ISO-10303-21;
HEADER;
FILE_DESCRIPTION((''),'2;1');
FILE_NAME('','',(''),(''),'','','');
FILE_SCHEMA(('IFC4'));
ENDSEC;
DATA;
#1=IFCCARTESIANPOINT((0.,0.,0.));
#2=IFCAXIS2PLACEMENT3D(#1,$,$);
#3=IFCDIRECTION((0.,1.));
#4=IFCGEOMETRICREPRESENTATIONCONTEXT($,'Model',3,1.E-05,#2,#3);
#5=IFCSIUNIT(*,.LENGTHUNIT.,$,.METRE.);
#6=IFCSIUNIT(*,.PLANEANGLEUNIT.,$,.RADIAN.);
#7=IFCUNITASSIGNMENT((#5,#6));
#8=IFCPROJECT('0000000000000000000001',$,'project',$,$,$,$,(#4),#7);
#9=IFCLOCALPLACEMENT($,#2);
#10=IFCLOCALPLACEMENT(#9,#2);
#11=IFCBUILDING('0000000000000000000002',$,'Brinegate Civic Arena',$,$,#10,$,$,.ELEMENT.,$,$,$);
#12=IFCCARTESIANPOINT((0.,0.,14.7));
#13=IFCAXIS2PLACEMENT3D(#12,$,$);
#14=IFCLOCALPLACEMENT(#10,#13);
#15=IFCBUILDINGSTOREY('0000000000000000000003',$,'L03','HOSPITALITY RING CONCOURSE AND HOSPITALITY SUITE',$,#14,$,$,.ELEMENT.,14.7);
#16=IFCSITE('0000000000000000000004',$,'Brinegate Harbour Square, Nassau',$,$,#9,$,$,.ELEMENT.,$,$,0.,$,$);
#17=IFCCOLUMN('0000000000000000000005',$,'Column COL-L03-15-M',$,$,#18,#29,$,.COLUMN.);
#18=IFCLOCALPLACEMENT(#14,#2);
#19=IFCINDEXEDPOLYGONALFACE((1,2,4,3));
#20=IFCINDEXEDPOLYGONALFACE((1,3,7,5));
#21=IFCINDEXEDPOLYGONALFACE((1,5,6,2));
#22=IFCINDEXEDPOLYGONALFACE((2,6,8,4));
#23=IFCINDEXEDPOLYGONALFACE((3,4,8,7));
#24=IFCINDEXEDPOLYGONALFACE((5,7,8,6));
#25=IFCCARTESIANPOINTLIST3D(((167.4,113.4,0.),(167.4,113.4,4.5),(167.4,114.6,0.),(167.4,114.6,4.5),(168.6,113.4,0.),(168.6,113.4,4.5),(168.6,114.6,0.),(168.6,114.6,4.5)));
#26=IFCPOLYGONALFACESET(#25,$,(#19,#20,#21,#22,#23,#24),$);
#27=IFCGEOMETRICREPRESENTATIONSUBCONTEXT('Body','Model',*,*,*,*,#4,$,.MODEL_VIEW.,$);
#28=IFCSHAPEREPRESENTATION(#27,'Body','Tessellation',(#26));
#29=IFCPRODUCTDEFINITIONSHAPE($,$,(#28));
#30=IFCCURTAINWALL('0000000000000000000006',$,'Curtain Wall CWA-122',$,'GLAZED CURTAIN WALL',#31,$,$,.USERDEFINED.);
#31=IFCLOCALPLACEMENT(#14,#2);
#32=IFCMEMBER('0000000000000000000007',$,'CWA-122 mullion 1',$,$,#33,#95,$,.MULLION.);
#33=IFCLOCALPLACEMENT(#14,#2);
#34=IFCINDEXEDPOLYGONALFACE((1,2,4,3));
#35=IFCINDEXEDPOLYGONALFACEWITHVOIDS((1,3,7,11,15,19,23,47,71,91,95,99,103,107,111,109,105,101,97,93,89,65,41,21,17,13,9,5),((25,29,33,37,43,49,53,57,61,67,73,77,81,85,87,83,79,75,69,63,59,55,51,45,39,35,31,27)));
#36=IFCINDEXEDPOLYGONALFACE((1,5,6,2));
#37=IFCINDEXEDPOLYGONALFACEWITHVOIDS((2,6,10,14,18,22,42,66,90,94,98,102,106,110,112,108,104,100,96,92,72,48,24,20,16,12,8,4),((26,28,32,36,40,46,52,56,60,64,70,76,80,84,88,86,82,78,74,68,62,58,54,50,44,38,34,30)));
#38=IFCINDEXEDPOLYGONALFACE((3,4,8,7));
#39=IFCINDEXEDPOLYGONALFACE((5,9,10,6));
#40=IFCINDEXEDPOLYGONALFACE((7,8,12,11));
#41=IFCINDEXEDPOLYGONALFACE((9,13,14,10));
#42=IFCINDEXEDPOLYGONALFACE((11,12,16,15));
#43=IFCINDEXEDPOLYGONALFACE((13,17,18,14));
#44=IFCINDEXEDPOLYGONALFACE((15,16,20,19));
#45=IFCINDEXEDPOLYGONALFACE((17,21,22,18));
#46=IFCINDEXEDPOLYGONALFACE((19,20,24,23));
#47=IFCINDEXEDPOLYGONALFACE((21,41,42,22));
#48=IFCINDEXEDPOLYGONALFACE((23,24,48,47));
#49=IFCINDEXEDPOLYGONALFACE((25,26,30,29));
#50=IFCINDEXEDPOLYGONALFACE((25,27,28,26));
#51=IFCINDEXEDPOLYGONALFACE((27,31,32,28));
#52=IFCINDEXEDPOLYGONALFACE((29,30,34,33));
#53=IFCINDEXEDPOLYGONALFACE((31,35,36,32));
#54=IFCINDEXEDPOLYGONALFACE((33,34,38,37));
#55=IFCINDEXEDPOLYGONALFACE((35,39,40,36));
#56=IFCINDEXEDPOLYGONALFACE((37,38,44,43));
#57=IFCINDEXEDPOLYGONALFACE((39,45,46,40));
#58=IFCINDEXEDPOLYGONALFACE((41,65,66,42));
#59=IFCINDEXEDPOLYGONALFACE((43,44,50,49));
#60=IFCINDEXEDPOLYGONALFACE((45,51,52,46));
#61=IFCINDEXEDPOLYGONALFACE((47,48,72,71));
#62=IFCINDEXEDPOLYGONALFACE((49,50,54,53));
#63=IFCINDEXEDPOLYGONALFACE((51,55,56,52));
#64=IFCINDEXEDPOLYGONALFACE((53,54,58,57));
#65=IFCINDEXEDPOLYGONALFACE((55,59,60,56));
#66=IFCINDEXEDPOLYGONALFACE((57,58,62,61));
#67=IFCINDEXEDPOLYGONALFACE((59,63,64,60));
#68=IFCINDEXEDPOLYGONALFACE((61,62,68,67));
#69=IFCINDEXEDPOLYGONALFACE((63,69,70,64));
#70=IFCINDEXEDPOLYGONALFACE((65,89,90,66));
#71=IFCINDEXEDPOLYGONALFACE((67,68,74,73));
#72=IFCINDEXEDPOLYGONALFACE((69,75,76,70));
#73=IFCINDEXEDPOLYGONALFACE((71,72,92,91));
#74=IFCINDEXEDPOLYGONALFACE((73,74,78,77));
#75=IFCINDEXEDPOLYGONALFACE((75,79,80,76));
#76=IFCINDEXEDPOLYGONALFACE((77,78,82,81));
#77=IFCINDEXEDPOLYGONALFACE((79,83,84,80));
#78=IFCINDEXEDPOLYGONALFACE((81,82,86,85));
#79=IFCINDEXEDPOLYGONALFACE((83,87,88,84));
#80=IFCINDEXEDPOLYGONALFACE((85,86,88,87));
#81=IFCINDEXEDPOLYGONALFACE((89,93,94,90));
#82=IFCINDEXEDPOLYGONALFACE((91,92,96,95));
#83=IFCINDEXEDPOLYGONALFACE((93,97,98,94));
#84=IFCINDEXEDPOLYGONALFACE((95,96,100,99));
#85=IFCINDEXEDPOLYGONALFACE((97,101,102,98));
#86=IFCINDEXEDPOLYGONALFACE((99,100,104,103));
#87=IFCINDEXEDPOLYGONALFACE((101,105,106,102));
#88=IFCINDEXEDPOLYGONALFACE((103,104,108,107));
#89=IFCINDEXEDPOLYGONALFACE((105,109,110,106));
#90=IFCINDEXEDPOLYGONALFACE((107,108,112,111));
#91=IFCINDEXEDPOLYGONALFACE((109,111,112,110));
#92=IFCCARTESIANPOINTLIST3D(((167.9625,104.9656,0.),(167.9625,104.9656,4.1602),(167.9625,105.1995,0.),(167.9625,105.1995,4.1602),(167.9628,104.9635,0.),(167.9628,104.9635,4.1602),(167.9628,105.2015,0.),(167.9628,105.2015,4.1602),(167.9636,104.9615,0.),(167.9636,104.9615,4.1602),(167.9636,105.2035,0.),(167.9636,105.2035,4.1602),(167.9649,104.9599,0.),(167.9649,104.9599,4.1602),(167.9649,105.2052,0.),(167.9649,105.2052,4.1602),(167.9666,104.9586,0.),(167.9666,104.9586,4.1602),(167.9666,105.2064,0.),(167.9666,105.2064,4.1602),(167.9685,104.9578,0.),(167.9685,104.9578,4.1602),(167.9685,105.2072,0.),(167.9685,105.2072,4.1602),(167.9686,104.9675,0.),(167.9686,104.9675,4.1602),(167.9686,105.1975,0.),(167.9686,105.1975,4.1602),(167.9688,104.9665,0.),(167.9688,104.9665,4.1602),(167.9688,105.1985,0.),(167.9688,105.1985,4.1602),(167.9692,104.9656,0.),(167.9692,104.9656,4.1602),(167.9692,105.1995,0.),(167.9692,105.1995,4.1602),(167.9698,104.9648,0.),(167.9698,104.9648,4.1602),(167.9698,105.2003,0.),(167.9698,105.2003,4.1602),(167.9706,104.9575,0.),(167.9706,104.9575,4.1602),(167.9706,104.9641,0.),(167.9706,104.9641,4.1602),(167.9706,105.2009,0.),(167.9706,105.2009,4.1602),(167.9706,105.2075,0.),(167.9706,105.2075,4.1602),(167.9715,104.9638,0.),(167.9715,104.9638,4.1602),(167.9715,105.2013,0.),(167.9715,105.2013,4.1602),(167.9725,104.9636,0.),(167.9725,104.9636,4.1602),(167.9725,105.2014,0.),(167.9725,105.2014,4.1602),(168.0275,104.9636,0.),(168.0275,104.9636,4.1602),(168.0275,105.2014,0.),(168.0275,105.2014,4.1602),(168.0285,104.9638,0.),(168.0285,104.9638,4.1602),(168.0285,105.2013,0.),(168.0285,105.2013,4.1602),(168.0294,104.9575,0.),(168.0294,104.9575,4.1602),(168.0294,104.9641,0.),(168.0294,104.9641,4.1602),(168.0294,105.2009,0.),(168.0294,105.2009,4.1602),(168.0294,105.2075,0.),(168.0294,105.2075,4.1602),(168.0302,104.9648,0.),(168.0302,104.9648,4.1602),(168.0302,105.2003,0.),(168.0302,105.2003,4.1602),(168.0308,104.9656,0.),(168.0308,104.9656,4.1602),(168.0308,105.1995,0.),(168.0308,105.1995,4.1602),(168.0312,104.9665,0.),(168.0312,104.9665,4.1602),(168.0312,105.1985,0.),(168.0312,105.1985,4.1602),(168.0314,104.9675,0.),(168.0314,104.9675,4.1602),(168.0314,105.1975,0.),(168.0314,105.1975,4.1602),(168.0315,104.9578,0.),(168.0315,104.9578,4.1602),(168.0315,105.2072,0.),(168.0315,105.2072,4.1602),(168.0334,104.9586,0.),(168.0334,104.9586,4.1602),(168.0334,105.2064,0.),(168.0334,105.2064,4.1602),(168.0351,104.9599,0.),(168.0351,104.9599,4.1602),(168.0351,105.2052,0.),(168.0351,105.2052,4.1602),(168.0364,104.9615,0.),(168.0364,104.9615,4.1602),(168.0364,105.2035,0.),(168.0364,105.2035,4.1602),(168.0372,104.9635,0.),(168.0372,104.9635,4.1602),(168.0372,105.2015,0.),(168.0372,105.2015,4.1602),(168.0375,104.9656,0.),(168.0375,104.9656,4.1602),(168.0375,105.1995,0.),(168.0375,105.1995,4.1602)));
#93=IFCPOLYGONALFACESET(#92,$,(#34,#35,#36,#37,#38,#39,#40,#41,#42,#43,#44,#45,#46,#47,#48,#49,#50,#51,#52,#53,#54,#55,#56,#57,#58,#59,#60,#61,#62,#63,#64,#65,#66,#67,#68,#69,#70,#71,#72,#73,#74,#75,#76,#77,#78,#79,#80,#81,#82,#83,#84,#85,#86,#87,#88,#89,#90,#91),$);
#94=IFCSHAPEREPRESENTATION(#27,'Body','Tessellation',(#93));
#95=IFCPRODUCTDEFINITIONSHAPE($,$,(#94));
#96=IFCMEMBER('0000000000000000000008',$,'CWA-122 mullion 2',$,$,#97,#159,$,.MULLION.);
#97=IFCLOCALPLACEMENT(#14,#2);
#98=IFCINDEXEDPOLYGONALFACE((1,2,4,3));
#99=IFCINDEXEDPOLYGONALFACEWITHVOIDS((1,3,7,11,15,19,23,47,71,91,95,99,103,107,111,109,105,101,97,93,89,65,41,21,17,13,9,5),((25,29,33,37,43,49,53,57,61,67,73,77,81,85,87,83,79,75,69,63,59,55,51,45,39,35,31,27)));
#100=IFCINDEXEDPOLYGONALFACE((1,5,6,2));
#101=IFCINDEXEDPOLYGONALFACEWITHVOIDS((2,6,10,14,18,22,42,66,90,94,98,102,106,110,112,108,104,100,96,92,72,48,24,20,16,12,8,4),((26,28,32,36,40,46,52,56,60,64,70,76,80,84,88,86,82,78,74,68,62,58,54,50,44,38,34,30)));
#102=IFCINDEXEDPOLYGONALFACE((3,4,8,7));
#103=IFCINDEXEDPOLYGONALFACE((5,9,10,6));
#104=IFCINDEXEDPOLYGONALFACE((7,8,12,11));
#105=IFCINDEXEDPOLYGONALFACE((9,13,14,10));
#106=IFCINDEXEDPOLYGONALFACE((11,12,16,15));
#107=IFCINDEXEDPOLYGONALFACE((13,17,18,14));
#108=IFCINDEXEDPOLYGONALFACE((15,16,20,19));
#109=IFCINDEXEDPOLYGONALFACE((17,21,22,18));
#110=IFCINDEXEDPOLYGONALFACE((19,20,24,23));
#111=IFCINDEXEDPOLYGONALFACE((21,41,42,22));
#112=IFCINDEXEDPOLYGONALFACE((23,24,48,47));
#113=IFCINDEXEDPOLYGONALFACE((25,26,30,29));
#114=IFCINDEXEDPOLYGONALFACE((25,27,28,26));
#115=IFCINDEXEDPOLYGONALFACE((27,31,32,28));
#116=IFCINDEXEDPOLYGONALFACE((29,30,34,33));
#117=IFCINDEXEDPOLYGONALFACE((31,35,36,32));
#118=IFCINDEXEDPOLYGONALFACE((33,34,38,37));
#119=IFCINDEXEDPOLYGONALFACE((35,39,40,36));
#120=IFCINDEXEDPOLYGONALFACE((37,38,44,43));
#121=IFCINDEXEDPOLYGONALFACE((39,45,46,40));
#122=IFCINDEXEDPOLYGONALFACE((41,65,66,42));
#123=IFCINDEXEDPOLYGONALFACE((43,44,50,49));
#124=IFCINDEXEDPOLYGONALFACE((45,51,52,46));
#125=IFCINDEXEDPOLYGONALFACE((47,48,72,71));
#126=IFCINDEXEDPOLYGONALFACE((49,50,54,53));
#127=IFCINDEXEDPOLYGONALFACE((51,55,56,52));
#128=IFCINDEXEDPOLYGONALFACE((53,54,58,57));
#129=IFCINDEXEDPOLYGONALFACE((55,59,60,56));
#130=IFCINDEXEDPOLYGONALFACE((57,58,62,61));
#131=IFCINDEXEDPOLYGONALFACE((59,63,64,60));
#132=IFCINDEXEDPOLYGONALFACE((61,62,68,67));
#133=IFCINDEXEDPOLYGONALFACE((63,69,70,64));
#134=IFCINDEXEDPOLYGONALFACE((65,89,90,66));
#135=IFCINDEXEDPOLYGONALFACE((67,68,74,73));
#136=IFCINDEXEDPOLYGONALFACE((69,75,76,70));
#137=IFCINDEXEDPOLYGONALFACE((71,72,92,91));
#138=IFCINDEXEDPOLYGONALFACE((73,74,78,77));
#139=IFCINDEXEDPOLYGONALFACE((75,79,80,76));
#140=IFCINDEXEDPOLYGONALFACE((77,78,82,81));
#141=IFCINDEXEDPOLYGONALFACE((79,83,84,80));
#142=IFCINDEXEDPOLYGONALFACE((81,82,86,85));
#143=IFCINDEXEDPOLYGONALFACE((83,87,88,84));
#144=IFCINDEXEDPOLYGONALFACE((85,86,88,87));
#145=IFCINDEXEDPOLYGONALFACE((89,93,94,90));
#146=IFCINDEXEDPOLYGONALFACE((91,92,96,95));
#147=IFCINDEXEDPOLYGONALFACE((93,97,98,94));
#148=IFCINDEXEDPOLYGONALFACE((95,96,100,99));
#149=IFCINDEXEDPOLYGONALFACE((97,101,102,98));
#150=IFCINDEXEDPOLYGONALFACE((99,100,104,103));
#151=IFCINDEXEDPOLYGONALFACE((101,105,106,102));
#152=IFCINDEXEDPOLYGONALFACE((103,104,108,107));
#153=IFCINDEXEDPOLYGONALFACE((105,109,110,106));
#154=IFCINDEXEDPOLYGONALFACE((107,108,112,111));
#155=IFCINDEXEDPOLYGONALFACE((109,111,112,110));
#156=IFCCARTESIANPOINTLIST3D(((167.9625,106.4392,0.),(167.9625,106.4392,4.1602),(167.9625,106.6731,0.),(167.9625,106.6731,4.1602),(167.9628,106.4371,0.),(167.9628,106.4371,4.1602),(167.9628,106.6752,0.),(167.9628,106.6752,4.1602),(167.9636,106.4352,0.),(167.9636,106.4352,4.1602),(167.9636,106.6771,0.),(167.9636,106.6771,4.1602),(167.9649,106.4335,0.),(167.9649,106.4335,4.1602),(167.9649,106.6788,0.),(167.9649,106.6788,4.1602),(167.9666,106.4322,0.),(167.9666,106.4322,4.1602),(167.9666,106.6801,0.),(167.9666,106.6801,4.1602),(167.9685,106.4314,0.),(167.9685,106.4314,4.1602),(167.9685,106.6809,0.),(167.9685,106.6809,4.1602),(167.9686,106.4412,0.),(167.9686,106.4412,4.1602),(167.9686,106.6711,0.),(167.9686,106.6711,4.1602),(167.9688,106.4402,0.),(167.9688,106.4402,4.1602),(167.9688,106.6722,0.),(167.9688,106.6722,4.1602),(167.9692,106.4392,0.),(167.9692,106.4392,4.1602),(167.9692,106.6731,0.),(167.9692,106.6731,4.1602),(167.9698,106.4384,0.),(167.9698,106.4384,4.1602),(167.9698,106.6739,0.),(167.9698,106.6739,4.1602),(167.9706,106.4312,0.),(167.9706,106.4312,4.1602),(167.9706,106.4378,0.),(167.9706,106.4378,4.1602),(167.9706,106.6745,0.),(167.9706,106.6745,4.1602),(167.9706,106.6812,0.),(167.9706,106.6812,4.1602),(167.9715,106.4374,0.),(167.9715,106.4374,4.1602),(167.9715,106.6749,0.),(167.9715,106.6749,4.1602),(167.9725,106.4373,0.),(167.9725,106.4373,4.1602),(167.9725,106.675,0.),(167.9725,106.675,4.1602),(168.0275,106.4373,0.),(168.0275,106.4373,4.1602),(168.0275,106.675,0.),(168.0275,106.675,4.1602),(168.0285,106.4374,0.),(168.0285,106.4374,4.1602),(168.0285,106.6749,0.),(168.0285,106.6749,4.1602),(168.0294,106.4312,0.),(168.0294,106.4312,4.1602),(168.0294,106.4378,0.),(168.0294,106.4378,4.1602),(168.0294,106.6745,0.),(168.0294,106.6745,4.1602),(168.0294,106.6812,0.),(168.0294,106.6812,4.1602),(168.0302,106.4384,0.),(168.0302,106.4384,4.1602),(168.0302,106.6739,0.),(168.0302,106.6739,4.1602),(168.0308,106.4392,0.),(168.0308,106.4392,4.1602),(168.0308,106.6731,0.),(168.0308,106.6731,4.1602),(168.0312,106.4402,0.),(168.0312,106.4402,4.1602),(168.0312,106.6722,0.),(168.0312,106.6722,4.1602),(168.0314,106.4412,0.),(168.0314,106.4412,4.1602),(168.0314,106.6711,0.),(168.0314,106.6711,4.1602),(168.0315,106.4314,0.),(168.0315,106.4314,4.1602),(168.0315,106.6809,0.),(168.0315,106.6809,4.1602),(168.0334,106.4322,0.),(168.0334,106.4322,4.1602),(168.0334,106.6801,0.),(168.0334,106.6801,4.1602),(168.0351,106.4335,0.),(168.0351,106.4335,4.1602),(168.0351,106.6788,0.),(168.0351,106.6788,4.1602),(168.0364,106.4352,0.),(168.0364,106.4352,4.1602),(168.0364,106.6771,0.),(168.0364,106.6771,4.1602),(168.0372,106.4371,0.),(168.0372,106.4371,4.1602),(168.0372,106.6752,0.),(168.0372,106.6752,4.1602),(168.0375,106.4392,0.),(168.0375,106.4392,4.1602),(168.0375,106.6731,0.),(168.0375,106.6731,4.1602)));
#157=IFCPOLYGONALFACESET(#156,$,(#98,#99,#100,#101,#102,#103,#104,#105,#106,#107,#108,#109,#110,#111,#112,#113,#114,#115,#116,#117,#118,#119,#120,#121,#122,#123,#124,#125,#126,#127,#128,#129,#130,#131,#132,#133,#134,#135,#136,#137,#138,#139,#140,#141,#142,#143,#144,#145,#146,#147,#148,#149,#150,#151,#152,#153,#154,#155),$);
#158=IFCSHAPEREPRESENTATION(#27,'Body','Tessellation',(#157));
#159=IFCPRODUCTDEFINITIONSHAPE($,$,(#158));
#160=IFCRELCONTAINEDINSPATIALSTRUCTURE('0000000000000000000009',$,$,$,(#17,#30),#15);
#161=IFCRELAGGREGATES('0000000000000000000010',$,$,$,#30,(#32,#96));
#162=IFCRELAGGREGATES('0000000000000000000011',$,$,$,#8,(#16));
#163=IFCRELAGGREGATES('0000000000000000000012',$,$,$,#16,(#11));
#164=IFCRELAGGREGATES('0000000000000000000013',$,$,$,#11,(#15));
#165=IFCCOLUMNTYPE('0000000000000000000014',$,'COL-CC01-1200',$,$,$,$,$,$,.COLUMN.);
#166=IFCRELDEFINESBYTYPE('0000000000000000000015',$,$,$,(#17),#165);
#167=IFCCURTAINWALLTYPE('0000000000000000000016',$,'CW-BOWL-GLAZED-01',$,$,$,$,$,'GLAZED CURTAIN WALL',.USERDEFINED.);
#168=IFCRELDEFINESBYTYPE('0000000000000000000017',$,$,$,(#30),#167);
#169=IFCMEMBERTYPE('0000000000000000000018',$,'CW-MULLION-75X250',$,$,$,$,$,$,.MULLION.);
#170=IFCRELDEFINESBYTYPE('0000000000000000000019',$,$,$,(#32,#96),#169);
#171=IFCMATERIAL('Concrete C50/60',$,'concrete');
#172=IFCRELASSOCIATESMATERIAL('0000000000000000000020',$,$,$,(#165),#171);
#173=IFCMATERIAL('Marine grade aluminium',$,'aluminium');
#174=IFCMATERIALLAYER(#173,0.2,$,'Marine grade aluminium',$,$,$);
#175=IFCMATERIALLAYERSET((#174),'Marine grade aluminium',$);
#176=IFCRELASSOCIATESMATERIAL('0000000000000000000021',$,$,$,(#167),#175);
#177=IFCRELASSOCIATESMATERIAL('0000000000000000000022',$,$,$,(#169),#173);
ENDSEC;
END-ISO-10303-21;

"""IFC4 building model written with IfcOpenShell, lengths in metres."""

from ifc_helpers import new_model, si_unit, direction, frame, origin, origin_2d, place, context, subcontext, project, spatial, rectangle, hollow_rectangle, extrude, material, layer, layer_set, material_profile, profile_set, type_object, element, aggregate, save


model = new_model("IFC4")

# Units and contexts
model_context = context("Model", 3, precision=1e-05, world=origin(), true_north=direction((0.0, 1.0)))
body_context = subcontext(model_context, "Body", "Model", "MODEL_VIEW")
ifc_project = project(units=[si_unit("LENGTHUNIT", "METRE"), si_unit("PLANEANGLEUNIT", "RADIAN")], contexts=[model_context])

# Site, building, storey
site_placement = place(None, origin())
site = spatial("IfcSite", under=ifc_project, at=site_placement, Name="Brinegate Harbour Square, Nassau", CompositionType="ELEMENT", RefElevation=0.0)
building_placement = place(site_placement, origin())
building = spatial("IfcBuilding", under=site, at=building_placement, Name="Brinegate Civic Arena", CompositionType="ELEMENT")
storey_placement = place(building_placement, frame((0.0, 0.0, 14.7)))
storey = spatial("IfcBuildingStorey", under=building, at=storey_placement, Name="L03", Description="HOSPITALITY RING CONCOURSE AND HOSPITALITY SUITE", CompositionType="ELEMENT", Elevation=14.7)

# Column
ifc_material_1 = material(Name="Concrete C50/60", Category="concrete")
ifc_material_profile_1 = material_profile(ifc_material_1, rectangle(XDim=1.2, YDim=1.2, at=origin_2d()), Name="RC1200X1200")
ifc_profile_set_1 = profile_set([ifc_material_profile_1], Name="Concrete C50/60")
column_type = type_object("IfcColumnType", Name="COL-CC01-1200", PredefinedType="COLUMN", material=ifc_profile_set_1)
column_placement = place(storey_placement, frame((168.0, 114.0, 0.0), z_axis=(0.0, 0.0, 1.0), x_axis=(1.0, 0.0, 0.0)))
element("IfcColumn", 1, at=column_placement, inside=storey, type_object=column_type, Name="Column COL-L03-15-M", PredefinedType="COLUMN", context=body_context, shape_type="SweptSolid", body=[
    extrude(rectangle(XDim=1.2, YDim=1.2, at=origin_2d()), origin(), (0.0, 0.0, 1.0), 4.5),
])

# Curtain wall, members
ifc_material_2 = material(Name="Marine grade aluminium", Category="aluminium")
ifc_layer_1 = layer(ifc_material_2, 0.2, Name="Marine grade aluminium")
ifc_layer_set_1 = layer_set([ifc_layer_1], Name="Marine grade aluminium")
curtain_wall_type = type_object("IfcCurtainWallType", Name="CW-BOWL-GLAZED-01", ElementType="GLAZED CURTAIN WALL", PredefinedType="USERDEFINED", material=ifc_layer_set_1)
curtain_wall_placement = place(storey_placement, origin())
curtain_wall = element("IfcCurtainWall", 2, at=curtain_wall_placement, inside=storey, type_object=curtain_wall_type, Name="Curtain Wall CWA-122", ObjectType="GLAZED CURTAIN WALL", PredefinedType="USERDEFINED")
ifc_material_profile_2 = material_profile(ifc_material_2, hollow_rectangle(XDim=0.075, YDim=0.25, WallThickness=0.0061, InnerFilletRadius=0.0039, OuterFilletRadius=0.0081, at=origin_2d()), Name="MUL75X250")
ifc_profile_set_2 = profile_set([ifc_material_profile_2], Name="Marine grade aluminium")
member_type_1 = type_object("IfcMemberType", Name="CW-MULLION-75X250", PredefinedType="MULLION", material=ifc_profile_set_2)
member_1_placement = place(storey_placement, frame((168.0, 105.0825, 0.0), z_axis=(0.0, 0.0, 1.0), x_axis=(-1.0, 0.0, 0.0)))
member_1 = element("IfcMember", 3, at=member_1_placement, type_object=member_type_1, Name="CWA-122 mullion 1", PredefinedType="MULLION", context=body_context, shape_type="SweptSolid", body=[
    extrude(hollow_rectangle(XDim=0.075, YDim=0.25, WallThickness=0.0061, InnerFilletRadius=0.0039, OuterFilletRadius=0.0081, at=origin_2d()), origin(), (0.0, 0.0, 1.0), 4.1602),
])
member_2_placement = place(storey_placement, frame((168.0, 106.5562, 0.0), z_axis=(0.0, 0.0, 1.0), x_axis=(-1.0, 0.0, 0.0)))
member_2 = element("IfcMember", 4, at=member_2_placement, type_object=member_type_1, Name="CWA-122 mullion 2", PredefinedType="MULLION", context=body_context, shape_type="SweptSolid", body=[
    extrude(hollow_rectangle(XDim=0.075, YDim=0.25, WallThickness=0.0061, InnerFilletRadius=0.0039, OuterFilletRadius=0.0081, at=origin_2d()), origin(), (0.0, 0.0, 1.0), 4.1602),
])
aggregate(curtain_wall, [member_1, member_2])

save(model, "model.ifc")
